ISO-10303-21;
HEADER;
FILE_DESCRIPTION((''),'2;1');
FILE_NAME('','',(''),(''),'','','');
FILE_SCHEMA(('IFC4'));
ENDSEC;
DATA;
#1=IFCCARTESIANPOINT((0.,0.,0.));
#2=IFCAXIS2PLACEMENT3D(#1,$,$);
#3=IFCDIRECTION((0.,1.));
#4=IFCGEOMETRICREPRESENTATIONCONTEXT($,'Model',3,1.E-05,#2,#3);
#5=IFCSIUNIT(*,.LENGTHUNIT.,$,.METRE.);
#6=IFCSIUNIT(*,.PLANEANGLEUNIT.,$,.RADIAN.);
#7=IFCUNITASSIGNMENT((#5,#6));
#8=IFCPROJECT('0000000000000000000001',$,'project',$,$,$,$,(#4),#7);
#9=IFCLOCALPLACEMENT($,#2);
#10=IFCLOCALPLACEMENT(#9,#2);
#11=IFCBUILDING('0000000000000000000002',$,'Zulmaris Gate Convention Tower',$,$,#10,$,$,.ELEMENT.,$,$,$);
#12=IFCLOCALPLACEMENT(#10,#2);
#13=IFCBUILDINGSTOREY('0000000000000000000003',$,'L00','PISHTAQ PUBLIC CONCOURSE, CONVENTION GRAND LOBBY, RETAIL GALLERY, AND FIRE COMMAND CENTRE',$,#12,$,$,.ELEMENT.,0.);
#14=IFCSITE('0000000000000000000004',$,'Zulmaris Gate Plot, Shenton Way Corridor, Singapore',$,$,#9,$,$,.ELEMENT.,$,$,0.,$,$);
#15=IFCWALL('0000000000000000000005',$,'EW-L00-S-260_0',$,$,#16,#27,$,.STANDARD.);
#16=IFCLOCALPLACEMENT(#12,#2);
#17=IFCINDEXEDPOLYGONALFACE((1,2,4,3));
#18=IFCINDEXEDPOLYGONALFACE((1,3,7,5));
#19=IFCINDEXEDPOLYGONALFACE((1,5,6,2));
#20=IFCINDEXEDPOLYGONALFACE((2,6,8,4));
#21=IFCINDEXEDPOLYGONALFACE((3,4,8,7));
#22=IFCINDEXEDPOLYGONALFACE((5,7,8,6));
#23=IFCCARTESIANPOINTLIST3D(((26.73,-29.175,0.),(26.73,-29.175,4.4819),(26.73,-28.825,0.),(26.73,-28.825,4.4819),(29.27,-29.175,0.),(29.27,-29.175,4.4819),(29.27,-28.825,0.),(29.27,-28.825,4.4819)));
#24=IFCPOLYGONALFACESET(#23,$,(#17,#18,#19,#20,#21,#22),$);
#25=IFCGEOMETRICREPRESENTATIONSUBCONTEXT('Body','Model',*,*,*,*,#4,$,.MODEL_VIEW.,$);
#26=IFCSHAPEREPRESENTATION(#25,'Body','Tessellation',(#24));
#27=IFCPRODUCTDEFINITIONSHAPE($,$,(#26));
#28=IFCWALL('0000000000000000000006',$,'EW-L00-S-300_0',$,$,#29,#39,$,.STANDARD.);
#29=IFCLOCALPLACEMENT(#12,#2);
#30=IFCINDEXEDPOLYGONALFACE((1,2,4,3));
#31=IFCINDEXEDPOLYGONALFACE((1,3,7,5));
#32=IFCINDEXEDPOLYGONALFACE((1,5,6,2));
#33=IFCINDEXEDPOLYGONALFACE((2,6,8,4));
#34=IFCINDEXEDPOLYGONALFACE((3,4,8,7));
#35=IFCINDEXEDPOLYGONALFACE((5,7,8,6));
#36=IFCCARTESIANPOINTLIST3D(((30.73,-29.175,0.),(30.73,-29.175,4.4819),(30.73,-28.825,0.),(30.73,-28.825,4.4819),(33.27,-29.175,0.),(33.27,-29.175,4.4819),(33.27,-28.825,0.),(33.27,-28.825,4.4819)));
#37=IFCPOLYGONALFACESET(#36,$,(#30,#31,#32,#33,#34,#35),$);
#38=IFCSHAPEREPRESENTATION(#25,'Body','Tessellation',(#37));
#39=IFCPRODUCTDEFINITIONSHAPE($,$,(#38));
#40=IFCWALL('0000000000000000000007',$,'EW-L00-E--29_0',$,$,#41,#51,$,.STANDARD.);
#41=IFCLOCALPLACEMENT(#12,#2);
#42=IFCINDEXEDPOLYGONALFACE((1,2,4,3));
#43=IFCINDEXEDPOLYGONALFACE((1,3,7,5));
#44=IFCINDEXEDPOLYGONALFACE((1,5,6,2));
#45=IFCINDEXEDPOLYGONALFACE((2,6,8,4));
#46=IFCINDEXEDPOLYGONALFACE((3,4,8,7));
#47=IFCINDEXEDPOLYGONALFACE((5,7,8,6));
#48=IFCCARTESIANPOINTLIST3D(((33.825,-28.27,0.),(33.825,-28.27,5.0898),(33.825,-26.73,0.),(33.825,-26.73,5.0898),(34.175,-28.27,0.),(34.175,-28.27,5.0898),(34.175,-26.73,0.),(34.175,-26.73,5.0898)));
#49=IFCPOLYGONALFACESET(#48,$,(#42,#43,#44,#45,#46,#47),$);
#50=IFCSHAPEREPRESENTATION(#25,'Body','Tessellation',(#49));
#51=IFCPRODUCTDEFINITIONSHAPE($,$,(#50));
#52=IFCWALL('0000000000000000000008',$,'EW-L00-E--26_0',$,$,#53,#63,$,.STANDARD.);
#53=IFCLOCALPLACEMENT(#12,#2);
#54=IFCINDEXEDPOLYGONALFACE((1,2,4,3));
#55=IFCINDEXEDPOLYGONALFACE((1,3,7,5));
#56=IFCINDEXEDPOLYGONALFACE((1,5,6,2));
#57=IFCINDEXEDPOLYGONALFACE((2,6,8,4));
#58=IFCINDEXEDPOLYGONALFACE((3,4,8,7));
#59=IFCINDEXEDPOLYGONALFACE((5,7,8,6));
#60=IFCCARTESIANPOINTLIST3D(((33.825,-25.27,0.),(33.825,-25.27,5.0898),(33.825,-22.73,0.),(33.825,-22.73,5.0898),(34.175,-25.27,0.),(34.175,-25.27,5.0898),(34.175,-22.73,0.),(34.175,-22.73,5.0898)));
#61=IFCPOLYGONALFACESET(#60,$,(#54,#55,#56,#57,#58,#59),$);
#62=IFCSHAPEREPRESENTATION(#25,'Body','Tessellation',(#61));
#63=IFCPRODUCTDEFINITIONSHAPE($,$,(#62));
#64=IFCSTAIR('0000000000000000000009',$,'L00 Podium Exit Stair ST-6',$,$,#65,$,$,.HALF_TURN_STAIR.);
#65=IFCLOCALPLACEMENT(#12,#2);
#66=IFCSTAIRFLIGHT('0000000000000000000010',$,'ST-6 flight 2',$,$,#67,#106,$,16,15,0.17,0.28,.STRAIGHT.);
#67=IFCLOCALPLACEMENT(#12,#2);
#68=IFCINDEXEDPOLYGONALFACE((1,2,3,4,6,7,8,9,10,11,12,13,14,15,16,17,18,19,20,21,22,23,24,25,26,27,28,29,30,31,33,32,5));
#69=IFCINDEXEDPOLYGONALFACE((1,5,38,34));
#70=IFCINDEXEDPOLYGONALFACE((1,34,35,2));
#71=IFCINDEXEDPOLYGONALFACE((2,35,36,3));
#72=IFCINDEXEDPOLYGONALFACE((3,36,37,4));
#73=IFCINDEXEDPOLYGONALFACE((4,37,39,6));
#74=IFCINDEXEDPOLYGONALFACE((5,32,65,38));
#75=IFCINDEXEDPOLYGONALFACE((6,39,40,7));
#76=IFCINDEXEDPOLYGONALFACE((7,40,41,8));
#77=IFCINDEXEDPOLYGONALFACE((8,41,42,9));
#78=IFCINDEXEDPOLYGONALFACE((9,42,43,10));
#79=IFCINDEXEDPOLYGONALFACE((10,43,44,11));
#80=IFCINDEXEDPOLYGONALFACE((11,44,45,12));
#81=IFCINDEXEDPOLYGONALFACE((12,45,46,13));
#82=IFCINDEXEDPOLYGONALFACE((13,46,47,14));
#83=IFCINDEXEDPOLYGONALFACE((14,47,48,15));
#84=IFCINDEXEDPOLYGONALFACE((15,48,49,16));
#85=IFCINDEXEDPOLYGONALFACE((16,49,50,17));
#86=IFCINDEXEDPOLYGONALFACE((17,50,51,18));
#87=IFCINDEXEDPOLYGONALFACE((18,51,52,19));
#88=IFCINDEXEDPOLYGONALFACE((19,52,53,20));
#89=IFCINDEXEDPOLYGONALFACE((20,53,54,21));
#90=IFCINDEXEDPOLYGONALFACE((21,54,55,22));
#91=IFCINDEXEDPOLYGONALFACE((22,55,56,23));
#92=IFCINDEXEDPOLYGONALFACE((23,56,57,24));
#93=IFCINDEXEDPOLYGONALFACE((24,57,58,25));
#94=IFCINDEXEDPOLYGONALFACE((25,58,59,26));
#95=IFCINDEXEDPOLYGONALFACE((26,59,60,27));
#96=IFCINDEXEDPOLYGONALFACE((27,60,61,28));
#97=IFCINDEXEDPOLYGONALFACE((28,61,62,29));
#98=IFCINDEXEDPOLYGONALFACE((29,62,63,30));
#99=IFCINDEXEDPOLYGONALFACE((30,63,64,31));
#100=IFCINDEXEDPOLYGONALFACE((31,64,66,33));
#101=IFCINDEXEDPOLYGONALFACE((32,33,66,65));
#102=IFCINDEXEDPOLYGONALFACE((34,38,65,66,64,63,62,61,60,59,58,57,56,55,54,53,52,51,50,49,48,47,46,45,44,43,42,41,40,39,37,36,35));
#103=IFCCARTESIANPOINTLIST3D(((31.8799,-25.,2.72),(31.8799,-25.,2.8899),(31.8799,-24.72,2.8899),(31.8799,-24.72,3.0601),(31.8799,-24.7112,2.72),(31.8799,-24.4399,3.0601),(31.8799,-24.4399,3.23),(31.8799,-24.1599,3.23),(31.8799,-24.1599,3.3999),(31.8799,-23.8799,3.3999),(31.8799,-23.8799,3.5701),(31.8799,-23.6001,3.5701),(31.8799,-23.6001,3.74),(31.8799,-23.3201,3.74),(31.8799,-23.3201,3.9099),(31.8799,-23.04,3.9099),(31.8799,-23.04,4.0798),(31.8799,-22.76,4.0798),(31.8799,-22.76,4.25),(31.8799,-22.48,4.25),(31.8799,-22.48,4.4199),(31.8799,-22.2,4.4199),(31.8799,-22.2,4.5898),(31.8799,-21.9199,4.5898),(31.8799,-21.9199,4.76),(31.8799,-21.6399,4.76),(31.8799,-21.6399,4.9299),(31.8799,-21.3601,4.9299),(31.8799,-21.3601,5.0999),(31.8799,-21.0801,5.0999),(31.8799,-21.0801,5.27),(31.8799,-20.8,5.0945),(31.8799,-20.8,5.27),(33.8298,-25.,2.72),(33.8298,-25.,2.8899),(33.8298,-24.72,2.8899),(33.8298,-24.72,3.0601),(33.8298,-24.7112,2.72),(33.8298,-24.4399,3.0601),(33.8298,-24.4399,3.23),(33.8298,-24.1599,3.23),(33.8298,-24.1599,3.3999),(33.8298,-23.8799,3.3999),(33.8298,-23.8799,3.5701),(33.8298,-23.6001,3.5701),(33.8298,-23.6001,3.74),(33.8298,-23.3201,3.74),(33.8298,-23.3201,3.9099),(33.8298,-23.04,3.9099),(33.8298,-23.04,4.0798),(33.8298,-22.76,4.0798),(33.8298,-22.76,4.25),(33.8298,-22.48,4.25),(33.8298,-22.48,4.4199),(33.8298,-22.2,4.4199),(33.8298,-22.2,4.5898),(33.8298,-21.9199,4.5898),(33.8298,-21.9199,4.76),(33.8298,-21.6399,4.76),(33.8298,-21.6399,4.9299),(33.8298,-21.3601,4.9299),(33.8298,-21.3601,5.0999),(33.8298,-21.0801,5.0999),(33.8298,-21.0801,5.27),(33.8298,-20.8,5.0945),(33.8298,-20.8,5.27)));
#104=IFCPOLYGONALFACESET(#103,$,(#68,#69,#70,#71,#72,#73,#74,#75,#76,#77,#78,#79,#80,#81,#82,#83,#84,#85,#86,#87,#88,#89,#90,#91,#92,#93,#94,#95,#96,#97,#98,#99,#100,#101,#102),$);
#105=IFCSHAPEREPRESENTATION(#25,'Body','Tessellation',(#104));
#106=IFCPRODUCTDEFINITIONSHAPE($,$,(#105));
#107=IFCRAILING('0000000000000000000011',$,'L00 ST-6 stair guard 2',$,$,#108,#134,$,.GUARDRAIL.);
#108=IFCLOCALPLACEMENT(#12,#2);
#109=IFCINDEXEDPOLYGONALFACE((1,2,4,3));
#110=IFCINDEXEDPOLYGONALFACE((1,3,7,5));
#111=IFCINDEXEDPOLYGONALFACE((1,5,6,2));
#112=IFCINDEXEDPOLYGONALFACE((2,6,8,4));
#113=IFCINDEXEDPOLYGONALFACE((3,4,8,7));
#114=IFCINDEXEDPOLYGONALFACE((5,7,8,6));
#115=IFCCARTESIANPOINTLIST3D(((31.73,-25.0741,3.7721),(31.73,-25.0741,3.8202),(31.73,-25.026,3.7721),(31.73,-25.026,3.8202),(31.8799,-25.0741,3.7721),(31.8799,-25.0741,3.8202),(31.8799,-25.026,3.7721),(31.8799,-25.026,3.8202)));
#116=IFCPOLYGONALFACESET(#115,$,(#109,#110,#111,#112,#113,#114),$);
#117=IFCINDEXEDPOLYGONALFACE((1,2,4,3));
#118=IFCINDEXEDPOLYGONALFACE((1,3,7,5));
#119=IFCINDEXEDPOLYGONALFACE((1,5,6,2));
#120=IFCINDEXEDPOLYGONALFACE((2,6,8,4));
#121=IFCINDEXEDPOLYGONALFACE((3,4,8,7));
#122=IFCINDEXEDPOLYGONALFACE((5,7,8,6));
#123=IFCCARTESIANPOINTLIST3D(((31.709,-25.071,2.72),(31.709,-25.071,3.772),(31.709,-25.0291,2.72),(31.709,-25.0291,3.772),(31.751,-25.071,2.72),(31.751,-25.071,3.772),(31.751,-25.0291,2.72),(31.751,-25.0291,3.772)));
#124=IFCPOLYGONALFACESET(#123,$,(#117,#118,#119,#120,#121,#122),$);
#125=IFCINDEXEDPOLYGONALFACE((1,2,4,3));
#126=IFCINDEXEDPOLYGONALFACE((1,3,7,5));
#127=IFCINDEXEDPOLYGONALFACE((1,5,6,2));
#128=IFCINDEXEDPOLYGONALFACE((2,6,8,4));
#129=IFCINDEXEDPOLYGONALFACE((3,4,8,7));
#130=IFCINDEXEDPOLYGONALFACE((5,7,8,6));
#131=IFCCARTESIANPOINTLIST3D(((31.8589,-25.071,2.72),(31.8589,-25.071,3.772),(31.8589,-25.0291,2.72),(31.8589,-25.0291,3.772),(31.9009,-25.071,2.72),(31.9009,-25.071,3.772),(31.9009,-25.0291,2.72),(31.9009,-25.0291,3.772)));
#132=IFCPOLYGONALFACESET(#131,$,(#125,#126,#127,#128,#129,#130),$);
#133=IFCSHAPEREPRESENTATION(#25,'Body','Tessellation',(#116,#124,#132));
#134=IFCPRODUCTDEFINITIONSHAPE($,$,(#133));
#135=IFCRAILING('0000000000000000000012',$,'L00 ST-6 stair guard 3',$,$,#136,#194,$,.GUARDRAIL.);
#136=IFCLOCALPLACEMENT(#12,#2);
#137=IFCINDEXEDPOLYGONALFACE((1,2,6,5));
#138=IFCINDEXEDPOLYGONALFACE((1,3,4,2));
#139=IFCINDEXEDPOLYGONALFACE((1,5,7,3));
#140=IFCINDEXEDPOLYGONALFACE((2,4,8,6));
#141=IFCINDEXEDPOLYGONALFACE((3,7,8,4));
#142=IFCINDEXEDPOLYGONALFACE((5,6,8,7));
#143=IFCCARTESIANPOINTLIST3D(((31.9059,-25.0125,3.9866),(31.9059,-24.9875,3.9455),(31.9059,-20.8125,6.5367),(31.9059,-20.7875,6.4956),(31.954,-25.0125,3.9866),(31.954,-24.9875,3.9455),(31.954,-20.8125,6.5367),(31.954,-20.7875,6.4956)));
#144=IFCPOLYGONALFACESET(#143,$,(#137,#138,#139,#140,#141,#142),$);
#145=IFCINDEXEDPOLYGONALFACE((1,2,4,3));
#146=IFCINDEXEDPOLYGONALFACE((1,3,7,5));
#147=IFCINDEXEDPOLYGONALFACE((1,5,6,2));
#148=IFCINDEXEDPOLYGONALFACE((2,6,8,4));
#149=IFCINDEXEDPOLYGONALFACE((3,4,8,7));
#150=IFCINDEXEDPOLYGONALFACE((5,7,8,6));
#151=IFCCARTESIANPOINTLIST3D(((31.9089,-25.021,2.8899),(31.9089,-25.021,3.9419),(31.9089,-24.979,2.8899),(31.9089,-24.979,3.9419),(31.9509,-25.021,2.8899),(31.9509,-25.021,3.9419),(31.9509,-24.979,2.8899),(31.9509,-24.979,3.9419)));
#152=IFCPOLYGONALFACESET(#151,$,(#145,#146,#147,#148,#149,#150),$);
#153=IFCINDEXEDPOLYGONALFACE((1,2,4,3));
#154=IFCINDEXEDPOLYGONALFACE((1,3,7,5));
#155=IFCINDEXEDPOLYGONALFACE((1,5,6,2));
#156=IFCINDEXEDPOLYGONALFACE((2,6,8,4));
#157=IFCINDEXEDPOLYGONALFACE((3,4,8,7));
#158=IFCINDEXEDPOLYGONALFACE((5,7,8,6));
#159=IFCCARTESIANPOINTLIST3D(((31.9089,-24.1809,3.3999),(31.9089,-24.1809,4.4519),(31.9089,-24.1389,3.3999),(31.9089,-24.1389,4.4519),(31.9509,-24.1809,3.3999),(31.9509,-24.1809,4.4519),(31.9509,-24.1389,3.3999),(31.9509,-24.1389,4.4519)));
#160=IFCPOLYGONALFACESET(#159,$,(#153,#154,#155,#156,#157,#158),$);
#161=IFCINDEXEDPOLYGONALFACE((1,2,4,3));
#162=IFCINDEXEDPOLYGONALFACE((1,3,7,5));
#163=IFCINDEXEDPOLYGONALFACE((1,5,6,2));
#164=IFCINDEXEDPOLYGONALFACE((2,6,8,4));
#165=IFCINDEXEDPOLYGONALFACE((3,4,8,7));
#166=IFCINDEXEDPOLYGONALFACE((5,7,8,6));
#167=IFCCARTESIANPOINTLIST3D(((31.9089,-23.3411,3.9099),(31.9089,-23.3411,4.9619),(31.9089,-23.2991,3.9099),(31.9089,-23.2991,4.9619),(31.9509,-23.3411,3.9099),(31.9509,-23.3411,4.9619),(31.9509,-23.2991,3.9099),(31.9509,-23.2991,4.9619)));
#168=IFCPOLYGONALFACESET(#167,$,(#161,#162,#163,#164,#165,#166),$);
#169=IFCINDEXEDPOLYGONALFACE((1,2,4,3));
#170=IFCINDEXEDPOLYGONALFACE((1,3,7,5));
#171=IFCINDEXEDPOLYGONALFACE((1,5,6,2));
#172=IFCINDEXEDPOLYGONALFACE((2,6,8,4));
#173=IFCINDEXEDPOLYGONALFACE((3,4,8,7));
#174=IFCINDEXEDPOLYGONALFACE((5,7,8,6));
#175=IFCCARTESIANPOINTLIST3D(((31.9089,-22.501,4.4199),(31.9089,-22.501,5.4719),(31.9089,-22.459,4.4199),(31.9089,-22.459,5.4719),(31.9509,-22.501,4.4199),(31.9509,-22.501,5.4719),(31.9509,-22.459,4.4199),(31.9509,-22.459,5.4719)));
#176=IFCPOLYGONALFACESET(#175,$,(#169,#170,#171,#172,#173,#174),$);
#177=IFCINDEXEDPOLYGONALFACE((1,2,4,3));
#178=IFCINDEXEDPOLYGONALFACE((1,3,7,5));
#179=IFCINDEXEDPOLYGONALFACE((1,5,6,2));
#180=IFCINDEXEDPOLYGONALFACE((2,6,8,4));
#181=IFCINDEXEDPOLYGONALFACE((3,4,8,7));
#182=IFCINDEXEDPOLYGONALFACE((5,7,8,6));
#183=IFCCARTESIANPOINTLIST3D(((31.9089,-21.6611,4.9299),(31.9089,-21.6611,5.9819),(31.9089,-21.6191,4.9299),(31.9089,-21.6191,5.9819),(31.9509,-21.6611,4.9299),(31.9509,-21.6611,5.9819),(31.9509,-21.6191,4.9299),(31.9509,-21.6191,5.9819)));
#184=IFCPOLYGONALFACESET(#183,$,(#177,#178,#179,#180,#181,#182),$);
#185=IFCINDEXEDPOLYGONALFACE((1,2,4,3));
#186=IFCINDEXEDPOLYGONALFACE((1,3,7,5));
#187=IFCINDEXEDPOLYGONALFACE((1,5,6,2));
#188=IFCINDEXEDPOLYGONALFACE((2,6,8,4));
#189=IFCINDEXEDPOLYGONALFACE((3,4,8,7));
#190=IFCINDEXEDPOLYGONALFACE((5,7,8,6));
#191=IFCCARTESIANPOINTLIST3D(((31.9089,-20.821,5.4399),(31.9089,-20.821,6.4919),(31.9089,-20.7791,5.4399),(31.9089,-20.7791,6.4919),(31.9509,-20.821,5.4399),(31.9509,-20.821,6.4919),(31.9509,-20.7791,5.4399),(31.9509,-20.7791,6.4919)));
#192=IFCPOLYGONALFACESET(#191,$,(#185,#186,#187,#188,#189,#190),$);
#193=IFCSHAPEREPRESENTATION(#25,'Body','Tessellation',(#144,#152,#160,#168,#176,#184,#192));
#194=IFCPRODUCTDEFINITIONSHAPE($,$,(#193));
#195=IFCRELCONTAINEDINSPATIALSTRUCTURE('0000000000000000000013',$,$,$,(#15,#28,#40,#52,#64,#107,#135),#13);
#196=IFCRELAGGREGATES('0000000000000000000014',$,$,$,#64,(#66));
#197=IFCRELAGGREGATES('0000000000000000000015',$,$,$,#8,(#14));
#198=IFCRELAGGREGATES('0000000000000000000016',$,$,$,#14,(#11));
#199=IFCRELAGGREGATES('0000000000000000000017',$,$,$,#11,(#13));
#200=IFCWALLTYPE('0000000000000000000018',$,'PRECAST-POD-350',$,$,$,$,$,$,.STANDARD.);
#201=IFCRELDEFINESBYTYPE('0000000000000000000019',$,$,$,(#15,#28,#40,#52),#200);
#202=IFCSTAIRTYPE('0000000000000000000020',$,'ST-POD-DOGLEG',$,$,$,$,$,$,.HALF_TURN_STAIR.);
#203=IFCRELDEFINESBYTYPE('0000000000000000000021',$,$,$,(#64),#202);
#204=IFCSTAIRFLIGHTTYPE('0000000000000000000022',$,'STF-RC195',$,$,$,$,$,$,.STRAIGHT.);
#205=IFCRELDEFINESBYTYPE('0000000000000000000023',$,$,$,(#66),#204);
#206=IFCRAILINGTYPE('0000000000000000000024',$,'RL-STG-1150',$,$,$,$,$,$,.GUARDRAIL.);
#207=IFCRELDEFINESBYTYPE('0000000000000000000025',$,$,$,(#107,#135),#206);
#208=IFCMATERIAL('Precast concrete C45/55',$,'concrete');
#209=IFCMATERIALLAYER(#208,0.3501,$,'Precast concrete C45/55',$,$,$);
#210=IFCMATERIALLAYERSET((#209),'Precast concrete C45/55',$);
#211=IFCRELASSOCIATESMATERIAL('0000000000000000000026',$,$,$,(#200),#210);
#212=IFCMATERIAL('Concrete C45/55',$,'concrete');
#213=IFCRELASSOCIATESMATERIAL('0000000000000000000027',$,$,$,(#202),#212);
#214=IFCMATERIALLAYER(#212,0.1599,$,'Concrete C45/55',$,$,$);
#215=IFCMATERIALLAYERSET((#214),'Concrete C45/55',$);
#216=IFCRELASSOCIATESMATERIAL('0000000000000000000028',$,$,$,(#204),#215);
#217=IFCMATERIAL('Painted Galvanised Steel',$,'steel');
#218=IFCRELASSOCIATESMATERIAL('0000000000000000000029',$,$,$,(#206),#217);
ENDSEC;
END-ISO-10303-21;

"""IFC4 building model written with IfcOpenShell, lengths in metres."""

from ifc_helpers import new_model, si_unit, direction, frame, frame_2d, origin, origin_2d, place, context, subcontext, project, spatial, polyline, rectangle, outline, extrude, material, layer, layer_set, type_object, element, aggregate, save


model = new_model("IFC4")

# Units and contexts
model_context = context("Model", 3, precision=1e-05, world=origin(), true_north=direction((0.0, 1.0)))
body_context = subcontext(model_context, "Body", "Model", "MODEL_VIEW")
ifc_project = project(units=[si_unit("LENGTHUNIT", "METRE"), si_unit("PLANEANGLEUNIT", "RADIAN")], contexts=[model_context])

# Site, building, storey
site_placement = place(None, origin())
site = spatial("IfcSite", under=ifc_project, at=site_placement, Name="Zulmaris Gate Plot, Shenton Way Corridor, Singapore", CompositionType="ELEMENT", RefElevation=0.0)
building_placement = place(site_placement, origin())
building = spatial("IfcBuilding", under=site, at=building_placement, Name="Zulmaris Gate Convention Tower", CompositionType="ELEMENT")
storey_placement = place(building_placement, origin())
storey = spatial("IfcBuildingStorey", under=building, at=storey_placement, Name="L00", Description="PISHTAQ PUBLIC CONCOURSE, CONVENTION GRAND LOBBY, RETAIL GALLERY, AND FIRE COMMAND CENTRE", CompositionType="ELEMENT", Elevation=0.0)

# Walls
ifc_material_1 = material(Name="Precast concrete C45/55", Category="concrete")
ifc_layer_1 = layer(ifc_material_1, 0.3501, Name="Precast concrete C45/55")
ifc_layer_set_1 = layer_set([ifc_layer_1], Name="Precast concrete C45/55")
wall_type_1 = type_object("IfcWallType", Name="PRECAST-POD-350", PredefinedType="STANDARD", material=ifc_layer_set_1)
for number, where, z_axis, x_axis, name in (
    (1, (26.73, -29.0, 0.0), (0.0, 0.0, 1.0), (1.0, 0.0, 0.0), "EW-L00-S-260_0"),
    (2, (30.73, -29.0, 0.0), (0.0, 0.0, 1.0), (1.0, 0.0, 0.0), "EW-L00-S-300_0"),
):
    element("IfcWall", number, at=place(storey_placement, frame(where, z_axis=z_axis, x_axis=x_axis)), inside=storey, type_object=wall_type_1, Name=name, PredefinedType="STANDARD", context=body_context, shape_type="SweptSolid", body=[
        extrude(rectangle(XDim=2.54, YDim=0.3501, at=frame_2d((1.27, 0.0))), origin(), (0.0, 0.0, 1.0), 4.4819),
    ])
wall_1_placement = place(storey_placement, frame((34.0, -26.73, 0.0), z_axis=(0.0, 0.0, 1.0), x_axis=(0.0, -1.0, 0.0)))
element("IfcWall", 3, at=wall_1_placement, inside=storey, type_object=wall_type_1, Name="EW-L00-E--29_0", PredefinedType="STANDARD", context=body_context, shape_type="SweptSolid", body=[
    extrude(rectangle(XDim=1.54, YDim=0.3501, at=frame_2d((0.77, 0.0))), origin(), (0.0, 0.0, 1.0), 5.0898),
])
wall_2_placement = place(storey_placement, frame((34.0, -22.73, 0.0), z_axis=(0.0, 0.0, 1.0), x_axis=(0.0, -1.0, 0.0)))
element("IfcWall", 4, at=wall_2_placement, inside=storey, type_object=wall_type_1, Name="EW-L00-E--26_0", PredefinedType="STANDARD", context=body_context, shape_type="SweptSolid", body=[
    extrude(rectangle(XDim=2.54, YDim=0.3501, at=frame_2d((1.27, 0.0))), origin(), (0.0, 0.0, 1.0), 5.0898),
])

# Stair, stair flight
ifc_material_2 = material(Name="Concrete C45/55", Category="concrete")
stair_type = type_object("IfcStairType", Name="ST-POD-DOGLEG", PredefinedType="HALF_TURN_STAIR", material=ifc_material_2)
stair_placement = place(storey_placement, origin())
stair = element("IfcStair", 5, at=stair_placement, inside=storey, type_object=stair_type, Name="L00 Podium Exit Stair ST-6", PredefinedType="HALF_TURN_STAIR")
ifc_layer_2 = layer(ifc_material_2, 0.1599, Name="Concrete C45/55")
ifc_layer_set_2 = layer_set([ifc_layer_2], Name="Concrete C45/55")
stair_flight_type = type_object("IfcStairFlightType", Name="STF-RC195", PredefinedType="STRAIGHT", material=ifc_layer_set_2)
stair_flight_placement = place(storey_placement, frame((32.855, -25.0, 2.72), z_axis=(0.0, 0.0, 1.0), x_axis=(0.0, 1.0, 0.0)))
stair_flight = element("IfcStairFlight", 6, at=stair_flight_placement, type_object=stair_flight_type, Name="ST-6 flight 2", NumberOfRisers=16, NumberOfTreads=15, PredefinedType="STRAIGHT", RiserHeight=0.17, TreadLength=0.28, context=body_context, shape_type="SweptSolid", body=[
    extrude(outline(polyline([(0.0, 0.0), (0.0, 0.1699), (0.28, 0.1699), (0.28, 0.3401), (0.5601, 0.3401), (0.5601, 0.51), (0.8401, 0.51), (0.8401, 0.6799), (1.1201, 0.6799), (1.1201, 0.8501), (1.3999, 0.8501), (1.3999, 1.02), (1.6799, 1.02), (1.6799, 1.1899), (1.96, 1.1899), (1.96, 1.3599), (2.24, 1.3599), (2.24, 1.53), (2.52, 1.53), (2.52, 1.7), (2.8, 1.7), (2.8, 1.8699), (3.0801, 1.8699), (3.0801, 2.04), (3.3601, 2.04), (3.3601, 2.21), (3.6399, 2.21), (3.6399, 2.3799), (3.9199, 2.3799), (3.9199, 2.55), (4.2, 2.55), (4.2, 2.72), (4.2, 2.3745), (0.2888, 0.0), (0.0, 0.0)])), frame((0.0, 0.9751, 0.0), z_axis=(0.0, -1.0, 0.0), x_axis=(1.0, 0.0, 0.0)), (0.0, 0.0, 1.0), 1.95),
])
aggregate(stair, [stair_flight])

# Railings
ifc_material_3 = material(Name="Painted Galvanised Steel", Category="steel")
railing_type_1 = type_object("IfcRailingType", Name="RL-STG-1150", PredefinedType="GUARDRAIL", material=ifc_material_3)
railing_1_placement = place(storey_placement, frame((31.73, -25.05, 2.72)))
element("IfcRailing", 7, at=railing_1_placement, inside=storey, type_object=railing_type_1, Name="L00 ST-6 stair guard 2", PredefinedType="GUARDRAIL", context=body_context, shape_type="SweptSolid", body=[
    extrude(rectangle(XDim=0.0481, YDim=0.0481, at=origin_2d()), frame((0.0, 0.0, 1.0762), z_axis=(1.0, 0.0, 0.0), x_axis=(0.0, 1.0, 0.0)), (0.0, 0.0, 1.0), 0.1499),
    extrude(rectangle(XDim=0.042, YDim=0.042, at=origin_2d()), origin(), (0.0, 0.0, 1.0), 1.052),
    extrude(rectangle(XDim=0.042, YDim=0.042, at=origin_2d()), frame((0.1499, 0.0, 0.0)), (0.0, 0.0, 1.0), 1.052),
])
railing_2_placement = place(storey_placement, frame((31.9299, -25.0, 2.8899)))
element("IfcRailing", 8, at=railing_2_placement, inside=storey, type_object=railing_type_1, Name="L00 ST-6 stair guard 3", PredefinedType="GUARDRAIL", context=body_context, shape_type="SweptSolid", body=[
    extrude(rectangle(XDim=0.0481, YDim=0.0481, at=origin_2d()), frame((0.0, 0.0, 1.0762), z_axis=(0.0, 0.85478, 0.51899), x_axis=(-1.0, 0.0, 0.0)), (0.0, 0.0, 1.0), 4.9136),
    extrude(rectangle(XDim=0.042, YDim=0.042, at=origin_2d()), origin(), (0.0, 0.0, 1.0), 1.052),
    extrude(rectangle(XDim=0.042, YDim=0.042, at=origin_2d()), frame((0.0, 0.8401, 0.51)), (0.0, 0.0, 1.0), 1.052),
    extrude(rectangle(XDim=0.042, YDim=0.042, at=origin_2d()), frame((0.0, 1.6799, 1.02)), (0.0, 0.0, 1.0), 1.052),
    extrude(rectangle(XDim=0.042, YDim=0.042, at=origin_2d()), frame((0.0, 2.52, 1.53)), (0.0, 0.0, 1.0), 1.052),
    extrude(rectangle(XDim=0.042, YDim=0.042, at=origin_2d()), frame((0.0, 3.3599, 2.04)), (0.0, 0.0, 1.0), 1.052),
    extrude(rectangle(XDim=0.042, YDim=0.042, at=origin_2d()), frame((0.0, 4.2, 2.55)), (0.0, 0.0, 1.0), 1.052),
])

save(model, "model.ifc")
